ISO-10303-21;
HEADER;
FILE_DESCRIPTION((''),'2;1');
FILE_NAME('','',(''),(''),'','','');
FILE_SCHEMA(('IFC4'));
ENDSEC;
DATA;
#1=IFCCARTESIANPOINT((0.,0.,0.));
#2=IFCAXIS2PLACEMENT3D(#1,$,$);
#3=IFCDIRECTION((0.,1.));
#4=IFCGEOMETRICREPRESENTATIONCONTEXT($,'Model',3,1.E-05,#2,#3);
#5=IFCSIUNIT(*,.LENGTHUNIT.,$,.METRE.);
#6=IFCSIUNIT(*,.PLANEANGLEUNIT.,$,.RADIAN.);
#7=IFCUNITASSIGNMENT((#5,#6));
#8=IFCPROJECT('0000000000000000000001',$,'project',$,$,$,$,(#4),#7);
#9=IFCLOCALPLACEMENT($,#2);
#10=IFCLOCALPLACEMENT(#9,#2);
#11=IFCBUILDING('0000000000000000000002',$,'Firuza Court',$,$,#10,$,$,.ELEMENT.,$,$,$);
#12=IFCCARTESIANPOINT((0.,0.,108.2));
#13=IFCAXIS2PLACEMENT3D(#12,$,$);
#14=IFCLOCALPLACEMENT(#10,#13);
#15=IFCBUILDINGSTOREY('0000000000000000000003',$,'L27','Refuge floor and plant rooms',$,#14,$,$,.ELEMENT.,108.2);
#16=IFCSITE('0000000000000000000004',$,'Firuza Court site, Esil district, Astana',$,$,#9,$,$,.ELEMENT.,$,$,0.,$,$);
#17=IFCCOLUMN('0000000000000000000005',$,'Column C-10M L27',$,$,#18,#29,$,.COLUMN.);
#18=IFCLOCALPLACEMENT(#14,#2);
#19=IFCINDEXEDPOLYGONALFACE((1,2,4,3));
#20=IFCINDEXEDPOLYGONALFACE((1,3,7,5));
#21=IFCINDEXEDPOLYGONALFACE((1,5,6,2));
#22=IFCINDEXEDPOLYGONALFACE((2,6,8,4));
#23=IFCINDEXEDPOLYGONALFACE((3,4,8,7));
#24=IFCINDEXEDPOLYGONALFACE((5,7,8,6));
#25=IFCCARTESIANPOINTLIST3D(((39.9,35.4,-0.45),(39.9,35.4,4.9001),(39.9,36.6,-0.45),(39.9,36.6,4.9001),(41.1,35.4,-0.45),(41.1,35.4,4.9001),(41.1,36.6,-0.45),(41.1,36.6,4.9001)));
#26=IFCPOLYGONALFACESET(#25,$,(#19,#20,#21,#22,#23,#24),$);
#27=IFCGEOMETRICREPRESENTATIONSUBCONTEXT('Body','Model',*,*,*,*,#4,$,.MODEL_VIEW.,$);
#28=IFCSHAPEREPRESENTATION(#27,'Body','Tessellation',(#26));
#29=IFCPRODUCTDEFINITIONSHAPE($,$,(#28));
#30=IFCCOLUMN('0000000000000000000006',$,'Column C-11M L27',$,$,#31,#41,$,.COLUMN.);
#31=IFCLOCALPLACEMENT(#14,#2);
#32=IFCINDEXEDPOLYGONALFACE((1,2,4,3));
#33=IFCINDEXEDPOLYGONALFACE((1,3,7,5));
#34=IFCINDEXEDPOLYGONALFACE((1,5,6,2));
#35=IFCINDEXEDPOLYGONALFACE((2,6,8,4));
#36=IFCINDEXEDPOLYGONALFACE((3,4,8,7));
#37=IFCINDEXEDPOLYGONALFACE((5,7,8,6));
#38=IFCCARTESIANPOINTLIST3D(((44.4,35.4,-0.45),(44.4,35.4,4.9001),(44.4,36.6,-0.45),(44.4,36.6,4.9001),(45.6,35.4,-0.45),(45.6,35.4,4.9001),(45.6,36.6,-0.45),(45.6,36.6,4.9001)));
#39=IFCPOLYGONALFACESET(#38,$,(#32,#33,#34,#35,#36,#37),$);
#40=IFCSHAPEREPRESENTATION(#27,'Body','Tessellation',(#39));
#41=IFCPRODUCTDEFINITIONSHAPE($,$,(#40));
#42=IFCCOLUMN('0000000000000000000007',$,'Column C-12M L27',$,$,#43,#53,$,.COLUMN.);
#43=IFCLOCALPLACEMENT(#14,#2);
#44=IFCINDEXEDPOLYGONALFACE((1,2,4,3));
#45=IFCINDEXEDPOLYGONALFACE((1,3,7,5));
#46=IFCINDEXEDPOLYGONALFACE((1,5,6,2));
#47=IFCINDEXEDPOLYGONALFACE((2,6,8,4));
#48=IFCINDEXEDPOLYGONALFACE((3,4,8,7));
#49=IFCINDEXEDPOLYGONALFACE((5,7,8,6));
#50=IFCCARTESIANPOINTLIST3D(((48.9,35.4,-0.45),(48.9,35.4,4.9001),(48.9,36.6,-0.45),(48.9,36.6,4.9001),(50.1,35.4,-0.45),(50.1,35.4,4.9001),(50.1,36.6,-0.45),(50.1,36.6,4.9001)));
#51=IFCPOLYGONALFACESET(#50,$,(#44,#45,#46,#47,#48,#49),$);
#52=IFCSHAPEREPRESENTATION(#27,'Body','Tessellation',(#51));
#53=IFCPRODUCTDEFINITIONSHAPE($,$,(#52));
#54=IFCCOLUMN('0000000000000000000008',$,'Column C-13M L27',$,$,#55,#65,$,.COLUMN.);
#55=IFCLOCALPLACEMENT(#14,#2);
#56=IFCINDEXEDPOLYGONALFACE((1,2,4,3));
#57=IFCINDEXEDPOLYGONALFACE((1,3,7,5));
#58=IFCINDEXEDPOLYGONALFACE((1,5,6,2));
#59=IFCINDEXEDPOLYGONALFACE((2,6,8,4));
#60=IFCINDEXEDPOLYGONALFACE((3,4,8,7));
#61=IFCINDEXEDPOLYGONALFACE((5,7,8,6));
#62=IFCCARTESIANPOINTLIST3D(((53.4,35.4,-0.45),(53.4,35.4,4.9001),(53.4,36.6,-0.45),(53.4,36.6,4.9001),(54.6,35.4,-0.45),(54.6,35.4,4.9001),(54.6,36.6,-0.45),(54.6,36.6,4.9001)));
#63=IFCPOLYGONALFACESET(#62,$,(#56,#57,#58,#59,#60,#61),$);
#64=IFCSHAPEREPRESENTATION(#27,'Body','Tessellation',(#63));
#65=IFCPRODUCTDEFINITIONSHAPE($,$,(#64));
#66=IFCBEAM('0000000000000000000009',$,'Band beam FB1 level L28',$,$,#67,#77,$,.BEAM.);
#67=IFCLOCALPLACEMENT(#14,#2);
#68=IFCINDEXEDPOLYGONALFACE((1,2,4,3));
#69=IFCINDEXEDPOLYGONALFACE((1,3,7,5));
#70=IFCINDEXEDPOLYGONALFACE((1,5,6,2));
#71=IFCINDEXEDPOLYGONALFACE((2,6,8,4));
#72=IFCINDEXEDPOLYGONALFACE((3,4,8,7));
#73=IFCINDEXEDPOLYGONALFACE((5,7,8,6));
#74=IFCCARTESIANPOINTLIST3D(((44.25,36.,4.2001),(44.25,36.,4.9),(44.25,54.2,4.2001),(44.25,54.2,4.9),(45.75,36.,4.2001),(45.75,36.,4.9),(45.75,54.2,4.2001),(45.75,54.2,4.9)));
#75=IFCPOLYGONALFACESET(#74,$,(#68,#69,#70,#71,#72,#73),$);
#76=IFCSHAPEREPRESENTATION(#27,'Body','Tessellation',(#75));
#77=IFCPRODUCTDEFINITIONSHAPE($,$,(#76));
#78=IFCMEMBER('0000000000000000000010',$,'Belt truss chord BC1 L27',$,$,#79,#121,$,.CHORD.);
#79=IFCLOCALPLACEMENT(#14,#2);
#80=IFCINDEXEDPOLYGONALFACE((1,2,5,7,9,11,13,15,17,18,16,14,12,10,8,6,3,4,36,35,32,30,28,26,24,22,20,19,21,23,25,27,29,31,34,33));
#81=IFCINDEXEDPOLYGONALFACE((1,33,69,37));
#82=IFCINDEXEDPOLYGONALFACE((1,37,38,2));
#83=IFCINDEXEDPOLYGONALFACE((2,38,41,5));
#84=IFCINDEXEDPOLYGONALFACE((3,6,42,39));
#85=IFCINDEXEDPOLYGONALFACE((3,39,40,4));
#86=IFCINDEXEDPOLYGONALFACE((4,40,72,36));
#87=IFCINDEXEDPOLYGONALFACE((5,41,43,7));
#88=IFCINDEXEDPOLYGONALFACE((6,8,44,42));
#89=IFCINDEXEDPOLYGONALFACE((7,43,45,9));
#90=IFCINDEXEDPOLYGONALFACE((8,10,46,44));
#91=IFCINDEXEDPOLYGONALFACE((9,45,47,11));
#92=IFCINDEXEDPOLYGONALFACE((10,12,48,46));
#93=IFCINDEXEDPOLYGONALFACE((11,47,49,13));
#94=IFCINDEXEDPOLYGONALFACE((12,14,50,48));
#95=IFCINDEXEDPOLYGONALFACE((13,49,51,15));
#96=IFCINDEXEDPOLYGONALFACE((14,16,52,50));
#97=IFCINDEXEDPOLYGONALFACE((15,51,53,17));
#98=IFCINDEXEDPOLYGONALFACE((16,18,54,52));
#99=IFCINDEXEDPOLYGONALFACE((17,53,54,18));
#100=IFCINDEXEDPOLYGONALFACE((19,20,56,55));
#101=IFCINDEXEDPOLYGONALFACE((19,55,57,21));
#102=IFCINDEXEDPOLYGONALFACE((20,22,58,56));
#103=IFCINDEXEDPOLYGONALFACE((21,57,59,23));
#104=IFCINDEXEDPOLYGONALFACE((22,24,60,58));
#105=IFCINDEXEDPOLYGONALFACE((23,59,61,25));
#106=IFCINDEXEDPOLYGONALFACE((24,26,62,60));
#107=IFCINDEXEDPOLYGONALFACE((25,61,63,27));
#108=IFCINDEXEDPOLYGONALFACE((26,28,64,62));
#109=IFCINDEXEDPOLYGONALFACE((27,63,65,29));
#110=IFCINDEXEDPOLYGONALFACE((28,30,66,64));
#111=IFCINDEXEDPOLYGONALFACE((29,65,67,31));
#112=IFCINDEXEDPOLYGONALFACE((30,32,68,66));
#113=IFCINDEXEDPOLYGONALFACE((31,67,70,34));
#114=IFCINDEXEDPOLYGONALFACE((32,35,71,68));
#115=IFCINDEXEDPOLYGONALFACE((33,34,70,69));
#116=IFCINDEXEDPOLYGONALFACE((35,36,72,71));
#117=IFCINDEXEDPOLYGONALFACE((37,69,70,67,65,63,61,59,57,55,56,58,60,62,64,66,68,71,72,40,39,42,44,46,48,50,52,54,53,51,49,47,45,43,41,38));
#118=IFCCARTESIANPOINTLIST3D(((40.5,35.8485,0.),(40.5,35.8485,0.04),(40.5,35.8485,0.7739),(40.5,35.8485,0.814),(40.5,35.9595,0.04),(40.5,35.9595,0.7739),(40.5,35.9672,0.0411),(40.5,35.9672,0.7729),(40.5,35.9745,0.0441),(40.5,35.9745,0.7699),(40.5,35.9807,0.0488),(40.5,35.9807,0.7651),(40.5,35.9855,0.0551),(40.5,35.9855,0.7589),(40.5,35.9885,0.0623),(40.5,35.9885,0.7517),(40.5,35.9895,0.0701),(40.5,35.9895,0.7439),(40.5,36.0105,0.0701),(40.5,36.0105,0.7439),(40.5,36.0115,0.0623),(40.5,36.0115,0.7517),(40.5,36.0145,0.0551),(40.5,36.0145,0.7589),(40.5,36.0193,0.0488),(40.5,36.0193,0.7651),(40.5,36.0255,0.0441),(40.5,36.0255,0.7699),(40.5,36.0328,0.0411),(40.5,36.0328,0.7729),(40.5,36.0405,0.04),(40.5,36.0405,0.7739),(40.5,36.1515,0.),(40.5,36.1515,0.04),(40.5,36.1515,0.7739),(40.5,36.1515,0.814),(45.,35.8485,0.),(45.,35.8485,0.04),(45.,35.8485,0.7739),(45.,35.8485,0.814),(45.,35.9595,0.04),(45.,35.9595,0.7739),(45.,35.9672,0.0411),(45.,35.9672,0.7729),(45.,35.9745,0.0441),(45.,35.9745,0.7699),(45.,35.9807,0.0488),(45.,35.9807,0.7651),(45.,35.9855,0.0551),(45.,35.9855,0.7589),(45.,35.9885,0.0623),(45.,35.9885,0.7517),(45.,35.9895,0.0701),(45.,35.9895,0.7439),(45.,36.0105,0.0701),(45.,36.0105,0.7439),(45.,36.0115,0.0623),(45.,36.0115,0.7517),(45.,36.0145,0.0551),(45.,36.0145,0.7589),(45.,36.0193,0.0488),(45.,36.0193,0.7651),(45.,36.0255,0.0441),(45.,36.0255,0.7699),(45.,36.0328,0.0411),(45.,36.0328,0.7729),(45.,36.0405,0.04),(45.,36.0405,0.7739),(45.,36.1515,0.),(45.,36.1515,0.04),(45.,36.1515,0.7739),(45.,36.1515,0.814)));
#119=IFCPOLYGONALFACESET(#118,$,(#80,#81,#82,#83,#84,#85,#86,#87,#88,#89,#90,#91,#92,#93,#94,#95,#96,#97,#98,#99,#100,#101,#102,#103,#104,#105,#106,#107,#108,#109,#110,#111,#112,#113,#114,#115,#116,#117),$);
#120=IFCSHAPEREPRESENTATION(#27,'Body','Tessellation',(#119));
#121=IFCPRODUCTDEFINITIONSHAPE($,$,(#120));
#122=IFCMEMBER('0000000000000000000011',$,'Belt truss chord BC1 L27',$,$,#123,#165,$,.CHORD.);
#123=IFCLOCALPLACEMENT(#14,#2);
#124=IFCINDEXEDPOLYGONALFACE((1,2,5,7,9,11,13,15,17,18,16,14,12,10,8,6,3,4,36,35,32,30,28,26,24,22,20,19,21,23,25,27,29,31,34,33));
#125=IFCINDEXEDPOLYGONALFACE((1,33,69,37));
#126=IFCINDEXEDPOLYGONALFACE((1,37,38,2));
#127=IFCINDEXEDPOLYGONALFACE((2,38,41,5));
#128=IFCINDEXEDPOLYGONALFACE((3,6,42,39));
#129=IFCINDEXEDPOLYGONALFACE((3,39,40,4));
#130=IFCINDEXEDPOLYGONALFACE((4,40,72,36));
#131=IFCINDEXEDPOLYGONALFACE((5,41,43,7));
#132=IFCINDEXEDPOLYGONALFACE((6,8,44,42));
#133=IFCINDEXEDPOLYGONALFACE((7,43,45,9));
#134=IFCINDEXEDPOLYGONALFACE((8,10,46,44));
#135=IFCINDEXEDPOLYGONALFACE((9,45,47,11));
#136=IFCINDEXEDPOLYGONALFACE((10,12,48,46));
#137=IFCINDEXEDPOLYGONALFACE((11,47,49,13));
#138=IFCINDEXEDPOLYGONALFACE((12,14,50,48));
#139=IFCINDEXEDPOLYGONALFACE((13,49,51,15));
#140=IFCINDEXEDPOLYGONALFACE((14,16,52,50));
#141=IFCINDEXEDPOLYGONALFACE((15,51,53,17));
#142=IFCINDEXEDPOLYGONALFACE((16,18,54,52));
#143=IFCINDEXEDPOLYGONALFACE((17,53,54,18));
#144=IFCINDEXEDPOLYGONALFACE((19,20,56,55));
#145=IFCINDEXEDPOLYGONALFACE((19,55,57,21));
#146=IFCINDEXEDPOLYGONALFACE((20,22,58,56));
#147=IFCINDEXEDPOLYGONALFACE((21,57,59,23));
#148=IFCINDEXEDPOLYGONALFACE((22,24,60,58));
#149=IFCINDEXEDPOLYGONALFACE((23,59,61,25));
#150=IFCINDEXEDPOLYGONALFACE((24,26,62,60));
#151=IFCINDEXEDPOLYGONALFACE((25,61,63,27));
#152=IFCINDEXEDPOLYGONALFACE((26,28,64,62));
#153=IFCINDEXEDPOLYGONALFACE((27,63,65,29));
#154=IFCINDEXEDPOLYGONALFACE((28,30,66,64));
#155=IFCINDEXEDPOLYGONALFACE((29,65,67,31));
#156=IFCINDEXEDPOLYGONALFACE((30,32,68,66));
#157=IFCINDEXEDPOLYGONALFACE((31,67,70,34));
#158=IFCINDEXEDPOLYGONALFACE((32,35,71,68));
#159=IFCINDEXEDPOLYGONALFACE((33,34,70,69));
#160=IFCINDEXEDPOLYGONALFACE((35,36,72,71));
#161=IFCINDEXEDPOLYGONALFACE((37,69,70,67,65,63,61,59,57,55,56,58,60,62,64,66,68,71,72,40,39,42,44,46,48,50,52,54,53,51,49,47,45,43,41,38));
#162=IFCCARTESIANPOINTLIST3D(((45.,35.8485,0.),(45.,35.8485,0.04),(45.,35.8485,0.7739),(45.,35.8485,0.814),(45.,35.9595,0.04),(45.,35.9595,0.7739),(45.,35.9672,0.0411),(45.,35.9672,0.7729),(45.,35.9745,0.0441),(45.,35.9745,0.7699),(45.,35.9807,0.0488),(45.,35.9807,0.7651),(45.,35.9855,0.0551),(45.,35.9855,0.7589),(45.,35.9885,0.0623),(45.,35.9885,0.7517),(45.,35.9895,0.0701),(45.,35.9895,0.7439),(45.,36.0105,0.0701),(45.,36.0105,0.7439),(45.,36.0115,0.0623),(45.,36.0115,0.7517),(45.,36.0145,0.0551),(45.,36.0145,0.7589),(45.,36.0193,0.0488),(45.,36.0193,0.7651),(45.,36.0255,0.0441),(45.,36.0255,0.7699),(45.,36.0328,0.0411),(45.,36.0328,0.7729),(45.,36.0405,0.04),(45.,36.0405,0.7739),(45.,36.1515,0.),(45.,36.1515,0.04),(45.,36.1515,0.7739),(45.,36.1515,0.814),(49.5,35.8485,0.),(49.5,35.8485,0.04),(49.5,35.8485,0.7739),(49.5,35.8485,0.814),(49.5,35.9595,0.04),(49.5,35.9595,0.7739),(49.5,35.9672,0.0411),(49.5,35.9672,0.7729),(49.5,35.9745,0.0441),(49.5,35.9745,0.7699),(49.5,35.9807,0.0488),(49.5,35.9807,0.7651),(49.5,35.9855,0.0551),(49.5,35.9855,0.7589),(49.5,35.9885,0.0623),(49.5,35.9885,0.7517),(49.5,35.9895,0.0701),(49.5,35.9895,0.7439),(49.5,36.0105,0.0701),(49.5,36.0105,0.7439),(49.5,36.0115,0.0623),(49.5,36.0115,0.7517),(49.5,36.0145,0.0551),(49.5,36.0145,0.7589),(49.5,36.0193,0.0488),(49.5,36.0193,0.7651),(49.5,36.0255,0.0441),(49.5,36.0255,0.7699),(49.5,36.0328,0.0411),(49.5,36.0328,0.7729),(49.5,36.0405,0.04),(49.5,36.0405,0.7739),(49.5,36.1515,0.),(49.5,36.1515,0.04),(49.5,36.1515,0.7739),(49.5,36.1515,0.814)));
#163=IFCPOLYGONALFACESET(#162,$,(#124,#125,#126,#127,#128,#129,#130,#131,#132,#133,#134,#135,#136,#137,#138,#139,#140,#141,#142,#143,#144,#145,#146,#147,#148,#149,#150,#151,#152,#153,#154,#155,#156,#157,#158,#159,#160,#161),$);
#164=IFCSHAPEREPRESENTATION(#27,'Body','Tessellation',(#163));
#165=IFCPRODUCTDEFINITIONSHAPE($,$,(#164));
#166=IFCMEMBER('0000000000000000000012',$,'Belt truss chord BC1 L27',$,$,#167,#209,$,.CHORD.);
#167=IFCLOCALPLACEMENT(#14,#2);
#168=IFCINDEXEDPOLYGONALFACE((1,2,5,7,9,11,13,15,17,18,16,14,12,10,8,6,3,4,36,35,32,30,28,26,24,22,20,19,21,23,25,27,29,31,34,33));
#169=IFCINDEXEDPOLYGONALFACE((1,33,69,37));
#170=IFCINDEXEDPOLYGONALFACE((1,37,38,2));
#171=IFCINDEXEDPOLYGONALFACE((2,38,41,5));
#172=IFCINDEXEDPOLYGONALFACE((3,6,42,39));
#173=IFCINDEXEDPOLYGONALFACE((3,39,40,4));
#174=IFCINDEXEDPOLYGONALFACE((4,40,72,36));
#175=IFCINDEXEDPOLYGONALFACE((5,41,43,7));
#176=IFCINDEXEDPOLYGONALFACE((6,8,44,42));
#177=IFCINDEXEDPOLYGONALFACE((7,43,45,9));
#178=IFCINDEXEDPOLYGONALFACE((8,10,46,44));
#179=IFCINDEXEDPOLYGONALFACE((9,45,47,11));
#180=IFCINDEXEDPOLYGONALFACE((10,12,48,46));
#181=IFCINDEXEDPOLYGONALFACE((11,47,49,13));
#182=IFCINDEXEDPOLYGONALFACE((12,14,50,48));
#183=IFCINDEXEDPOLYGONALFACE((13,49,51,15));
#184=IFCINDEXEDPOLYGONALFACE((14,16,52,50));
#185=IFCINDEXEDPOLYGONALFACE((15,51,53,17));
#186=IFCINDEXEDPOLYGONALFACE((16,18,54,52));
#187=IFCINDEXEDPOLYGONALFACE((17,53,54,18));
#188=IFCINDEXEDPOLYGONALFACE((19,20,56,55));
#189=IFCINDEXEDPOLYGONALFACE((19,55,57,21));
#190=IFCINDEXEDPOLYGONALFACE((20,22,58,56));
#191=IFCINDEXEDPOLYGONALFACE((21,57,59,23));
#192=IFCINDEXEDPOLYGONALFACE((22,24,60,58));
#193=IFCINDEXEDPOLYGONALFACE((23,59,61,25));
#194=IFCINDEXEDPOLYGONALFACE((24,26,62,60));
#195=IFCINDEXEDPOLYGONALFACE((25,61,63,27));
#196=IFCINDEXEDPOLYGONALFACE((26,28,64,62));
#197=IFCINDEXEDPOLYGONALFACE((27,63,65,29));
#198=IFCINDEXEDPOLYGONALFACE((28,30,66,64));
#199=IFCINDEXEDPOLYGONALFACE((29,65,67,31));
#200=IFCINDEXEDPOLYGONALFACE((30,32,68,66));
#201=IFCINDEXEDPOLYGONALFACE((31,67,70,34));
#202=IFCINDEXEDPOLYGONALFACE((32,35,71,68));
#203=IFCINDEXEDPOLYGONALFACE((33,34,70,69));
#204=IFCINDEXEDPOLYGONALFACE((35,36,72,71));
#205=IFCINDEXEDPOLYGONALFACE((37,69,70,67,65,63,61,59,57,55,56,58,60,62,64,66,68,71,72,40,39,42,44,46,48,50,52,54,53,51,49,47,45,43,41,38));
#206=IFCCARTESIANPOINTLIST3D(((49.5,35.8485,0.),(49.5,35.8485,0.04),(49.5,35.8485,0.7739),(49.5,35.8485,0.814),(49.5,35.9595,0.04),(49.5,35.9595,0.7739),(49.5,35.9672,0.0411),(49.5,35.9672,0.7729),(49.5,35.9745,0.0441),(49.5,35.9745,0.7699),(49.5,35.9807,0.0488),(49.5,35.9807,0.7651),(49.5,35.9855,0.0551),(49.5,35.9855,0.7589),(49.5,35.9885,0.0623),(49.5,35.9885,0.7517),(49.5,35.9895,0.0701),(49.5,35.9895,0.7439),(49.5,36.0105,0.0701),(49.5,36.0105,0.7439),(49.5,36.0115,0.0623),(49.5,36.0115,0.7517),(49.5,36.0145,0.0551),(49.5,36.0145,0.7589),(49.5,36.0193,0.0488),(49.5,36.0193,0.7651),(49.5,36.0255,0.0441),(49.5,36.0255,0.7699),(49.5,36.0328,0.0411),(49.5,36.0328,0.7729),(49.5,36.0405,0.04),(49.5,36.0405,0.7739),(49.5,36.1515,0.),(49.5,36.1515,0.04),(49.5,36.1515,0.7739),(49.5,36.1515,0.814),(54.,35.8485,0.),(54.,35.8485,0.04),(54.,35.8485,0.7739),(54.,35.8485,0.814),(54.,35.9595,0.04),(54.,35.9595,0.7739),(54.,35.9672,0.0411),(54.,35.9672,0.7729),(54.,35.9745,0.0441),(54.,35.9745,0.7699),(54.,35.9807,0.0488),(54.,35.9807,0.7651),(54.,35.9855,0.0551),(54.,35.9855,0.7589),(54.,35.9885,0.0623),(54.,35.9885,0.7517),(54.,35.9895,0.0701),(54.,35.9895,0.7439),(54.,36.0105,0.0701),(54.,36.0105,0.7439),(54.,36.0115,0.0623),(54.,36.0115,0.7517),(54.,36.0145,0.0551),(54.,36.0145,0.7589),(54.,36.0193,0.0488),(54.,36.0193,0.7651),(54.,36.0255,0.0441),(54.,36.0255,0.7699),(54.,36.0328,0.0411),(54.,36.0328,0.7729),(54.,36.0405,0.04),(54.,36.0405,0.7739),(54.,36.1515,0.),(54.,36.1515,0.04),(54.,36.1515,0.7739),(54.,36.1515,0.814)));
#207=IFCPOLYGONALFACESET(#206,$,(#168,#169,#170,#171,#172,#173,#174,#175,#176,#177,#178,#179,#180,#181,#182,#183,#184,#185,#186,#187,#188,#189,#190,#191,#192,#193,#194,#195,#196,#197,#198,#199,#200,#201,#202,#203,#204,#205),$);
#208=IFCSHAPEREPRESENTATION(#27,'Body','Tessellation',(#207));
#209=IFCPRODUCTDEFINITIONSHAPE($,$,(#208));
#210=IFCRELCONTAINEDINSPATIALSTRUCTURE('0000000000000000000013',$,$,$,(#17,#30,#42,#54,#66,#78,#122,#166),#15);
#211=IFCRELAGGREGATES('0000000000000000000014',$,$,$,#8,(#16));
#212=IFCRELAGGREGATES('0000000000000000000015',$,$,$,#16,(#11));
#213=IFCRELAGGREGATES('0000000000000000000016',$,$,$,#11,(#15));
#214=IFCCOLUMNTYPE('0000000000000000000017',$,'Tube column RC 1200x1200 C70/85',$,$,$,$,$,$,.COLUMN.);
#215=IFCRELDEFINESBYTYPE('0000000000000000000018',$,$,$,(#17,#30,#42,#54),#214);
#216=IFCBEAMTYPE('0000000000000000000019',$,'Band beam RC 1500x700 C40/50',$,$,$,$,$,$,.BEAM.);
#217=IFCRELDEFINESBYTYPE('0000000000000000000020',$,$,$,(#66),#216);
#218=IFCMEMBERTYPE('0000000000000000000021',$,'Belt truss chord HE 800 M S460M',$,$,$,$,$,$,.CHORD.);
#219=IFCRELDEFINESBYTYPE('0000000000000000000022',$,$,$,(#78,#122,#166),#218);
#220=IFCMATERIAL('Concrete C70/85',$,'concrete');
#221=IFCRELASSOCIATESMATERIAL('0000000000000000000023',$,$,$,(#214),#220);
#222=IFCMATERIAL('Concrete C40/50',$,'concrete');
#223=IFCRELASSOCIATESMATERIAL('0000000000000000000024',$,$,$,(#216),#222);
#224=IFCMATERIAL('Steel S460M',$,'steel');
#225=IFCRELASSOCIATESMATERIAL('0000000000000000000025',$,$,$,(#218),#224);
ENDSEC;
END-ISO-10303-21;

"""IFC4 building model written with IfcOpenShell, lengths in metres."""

from ifc_helpers import new_model, si_unit, direction, frame, origin, origin_2d, place, context, subcontext, project, spatial, rectangle, i_section, extrude, material, material_profile, profile_set, type_object, element, save


model = new_model("IFC4")

# Units and contexts
model_context = context("Model", 3, precision=1e-05, world=origin(), true_north=direction((0.0, 1.0)))
body_context = subcontext(model_context, "Body", "Model", "MODEL_VIEW")
ifc_project = project(units=[si_unit("LENGTHUNIT", "METRE"), si_unit("PLANEANGLEUNIT", "RADIAN")], contexts=[model_context])

# Site, building, storey
site_placement = place(None, origin())
site = spatial("IfcSite", under=ifc_project, at=site_placement, Name="Firuza Court site, Esil district, Astana", CompositionType="ELEMENT", RefElevation=0.0)
building_placement = place(site_placement, origin())
building = spatial("IfcBuilding", under=site, at=building_placement, Name="Firuza Court", CompositionType="ELEMENT")
storey_placement = place(building_placement, frame((0.0, 0.0, 108.2)))
storey = spatial("IfcBuildingStorey", under=building, at=storey_placement, Name="L27", Description="Refuge floor and plant rooms", CompositionType="ELEMENT", Elevation=108.2)

# Columns
ifc_material_1 = material(Name="Concrete C70/85", Category="concrete")
ifc_material_profile_1 = material_profile(ifc_material_1, rectangle(XDim=1.2, YDim=1.2, at=origin_2d()), Name="RC 1200x1200")
ifc_profile_set_1 = profile_set([ifc_material_profile_1], Name="Concrete C70/85")
column_type = type_object("IfcColumnType", Name="Tube column RC 1200x1200 C70/85", PredefinedType="COLUMN", material=ifc_profile_set_1)
for number, where, z_axis, x_axis, name in (
    (1, (40.5, 36.0, -0.45), (0.0, 0.0, 1.0), (1.0, 0.0, 0.0), "Column C-10M L27"),
    (2, (45.0, 36.0, -0.45), (0.0, 0.0, 1.0), (1.0, 0.0, 0.0), "Column C-11M L27"),
    (3, (49.5, 36.0, -0.45), (0.0, 0.0, 1.0), (1.0, 0.0, 0.0), "Column C-12M L27"),
    (4, (54.0, 36.0, -0.45), (0.0, 0.0, 1.0), (1.0, 0.0, 0.0), "Column C-13M L27"),
):
    element("IfcColumn", number, at=place(storey_placement, frame(where, z_axis=z_axis, x_axis=x_axis)), inside=storey, type_object=column_type, Name=name, PredefinedType="COLUMN", context=body_context, shape_type="SweptSolid", body=[
        extrude(rectangle(XDim=1.2, YDim=1.2, at=origin_2d()), origin(), (0.0, 0.0, 1.0), 5.3501),
    ])

# Beam
ifc_material_2 = material(Name="Concrete C40/50", Category="concrete")
ifc_material_profile_2 = material_profile(ifc_material_2, rectangle(XDim=1.5, YDim=0.7, at=origin_2d()), Name="RC 1500x700")
ifc_profile_set_2 = profile_set([ifc_material_profile_2], Name="Concrete C40/50")
beam_type_1 = type_object("IfcBeamType", Name="Band beam RC 1500x700 C40/50", PredefinedType="BEAM", material=ifc_profile_set_2)
beam_placement = place(storey_placement, frame((45.0, 36.0, 4.55), z_axis=(0.0, 1.0, 0.0), x_axis=(-1.0, 0.0, 0.0)))
element("IfcBeam", 5, at=beam_placement, inside=storey, type_object=beam_type_1, Name="Band beam FB1 level L28", PredefinedType="BEAM", context=body_context, shape_type="SweptSolid", body=[
    extrude(rectangle(XDim=1.5, YDim=0.7, at=origin_2d()), origin(), (0.0, 0.0, 1.0), 18.2),
])

# Members
ifc_material_3 = material(Name="Steel S460M", Category="steel")
ifc_material_profile_3 = material_profile(ifc_material_3, i_section(OverallWidth=0.303, OverallDepth=0.814, WebThickness=0.021, FlangeThickness=0.04, FilletRadius=0.03, at=origin_2d()), Name="HE 800 M")
ifc_profile_set_3 = profile_set([ifc_material_profile_3], Name="Steel S460M")
member_type_1 = type_object("IfcMemberType", Name="Belt truss chord HE 800 M S460M", PredefinedType="CHORD", material=ifc_profile_set_3)
for number, where, z_axis, x_axis, name in (
    (6, (40.5, 36.0, 0.407), (1.0, 0.0, 0.0), (0.0, 1.0, 0.0), "Belt truss chord BC1 L27"),
    (7, (45.0, 36.0, 0.407), (1.0, 0.0, 0.0), (0.0, 1.0, 0.0), "Belt truss chord BC1 L27"),
    (8, (49.5, 36.0, 0.407), (1.0, 0.0, 0.0), (0.0, 1.0, 0.0), "Belt truss chord BC1 L27"),
):
    element("IfcMember", number, at=place(storey_placement, frame(where, z_axis=z_axis, x_axis=x_axis)), inside=storey, type_object=member_type_1, Name=name, PredefinedType="CHORD", context=body_context, shape_type="SweptSolid", body=[
        extrude(i_section(OverallWidth=0.303, OverallDepth=0.814, WebThickness=0.021, FlangeThickness=0.04, FilletRadius=0.03, at=origin_2d()), origin(), (0.0, 0.0, 1.0), 4.5),
    ])

save(model, "model.ifc")
